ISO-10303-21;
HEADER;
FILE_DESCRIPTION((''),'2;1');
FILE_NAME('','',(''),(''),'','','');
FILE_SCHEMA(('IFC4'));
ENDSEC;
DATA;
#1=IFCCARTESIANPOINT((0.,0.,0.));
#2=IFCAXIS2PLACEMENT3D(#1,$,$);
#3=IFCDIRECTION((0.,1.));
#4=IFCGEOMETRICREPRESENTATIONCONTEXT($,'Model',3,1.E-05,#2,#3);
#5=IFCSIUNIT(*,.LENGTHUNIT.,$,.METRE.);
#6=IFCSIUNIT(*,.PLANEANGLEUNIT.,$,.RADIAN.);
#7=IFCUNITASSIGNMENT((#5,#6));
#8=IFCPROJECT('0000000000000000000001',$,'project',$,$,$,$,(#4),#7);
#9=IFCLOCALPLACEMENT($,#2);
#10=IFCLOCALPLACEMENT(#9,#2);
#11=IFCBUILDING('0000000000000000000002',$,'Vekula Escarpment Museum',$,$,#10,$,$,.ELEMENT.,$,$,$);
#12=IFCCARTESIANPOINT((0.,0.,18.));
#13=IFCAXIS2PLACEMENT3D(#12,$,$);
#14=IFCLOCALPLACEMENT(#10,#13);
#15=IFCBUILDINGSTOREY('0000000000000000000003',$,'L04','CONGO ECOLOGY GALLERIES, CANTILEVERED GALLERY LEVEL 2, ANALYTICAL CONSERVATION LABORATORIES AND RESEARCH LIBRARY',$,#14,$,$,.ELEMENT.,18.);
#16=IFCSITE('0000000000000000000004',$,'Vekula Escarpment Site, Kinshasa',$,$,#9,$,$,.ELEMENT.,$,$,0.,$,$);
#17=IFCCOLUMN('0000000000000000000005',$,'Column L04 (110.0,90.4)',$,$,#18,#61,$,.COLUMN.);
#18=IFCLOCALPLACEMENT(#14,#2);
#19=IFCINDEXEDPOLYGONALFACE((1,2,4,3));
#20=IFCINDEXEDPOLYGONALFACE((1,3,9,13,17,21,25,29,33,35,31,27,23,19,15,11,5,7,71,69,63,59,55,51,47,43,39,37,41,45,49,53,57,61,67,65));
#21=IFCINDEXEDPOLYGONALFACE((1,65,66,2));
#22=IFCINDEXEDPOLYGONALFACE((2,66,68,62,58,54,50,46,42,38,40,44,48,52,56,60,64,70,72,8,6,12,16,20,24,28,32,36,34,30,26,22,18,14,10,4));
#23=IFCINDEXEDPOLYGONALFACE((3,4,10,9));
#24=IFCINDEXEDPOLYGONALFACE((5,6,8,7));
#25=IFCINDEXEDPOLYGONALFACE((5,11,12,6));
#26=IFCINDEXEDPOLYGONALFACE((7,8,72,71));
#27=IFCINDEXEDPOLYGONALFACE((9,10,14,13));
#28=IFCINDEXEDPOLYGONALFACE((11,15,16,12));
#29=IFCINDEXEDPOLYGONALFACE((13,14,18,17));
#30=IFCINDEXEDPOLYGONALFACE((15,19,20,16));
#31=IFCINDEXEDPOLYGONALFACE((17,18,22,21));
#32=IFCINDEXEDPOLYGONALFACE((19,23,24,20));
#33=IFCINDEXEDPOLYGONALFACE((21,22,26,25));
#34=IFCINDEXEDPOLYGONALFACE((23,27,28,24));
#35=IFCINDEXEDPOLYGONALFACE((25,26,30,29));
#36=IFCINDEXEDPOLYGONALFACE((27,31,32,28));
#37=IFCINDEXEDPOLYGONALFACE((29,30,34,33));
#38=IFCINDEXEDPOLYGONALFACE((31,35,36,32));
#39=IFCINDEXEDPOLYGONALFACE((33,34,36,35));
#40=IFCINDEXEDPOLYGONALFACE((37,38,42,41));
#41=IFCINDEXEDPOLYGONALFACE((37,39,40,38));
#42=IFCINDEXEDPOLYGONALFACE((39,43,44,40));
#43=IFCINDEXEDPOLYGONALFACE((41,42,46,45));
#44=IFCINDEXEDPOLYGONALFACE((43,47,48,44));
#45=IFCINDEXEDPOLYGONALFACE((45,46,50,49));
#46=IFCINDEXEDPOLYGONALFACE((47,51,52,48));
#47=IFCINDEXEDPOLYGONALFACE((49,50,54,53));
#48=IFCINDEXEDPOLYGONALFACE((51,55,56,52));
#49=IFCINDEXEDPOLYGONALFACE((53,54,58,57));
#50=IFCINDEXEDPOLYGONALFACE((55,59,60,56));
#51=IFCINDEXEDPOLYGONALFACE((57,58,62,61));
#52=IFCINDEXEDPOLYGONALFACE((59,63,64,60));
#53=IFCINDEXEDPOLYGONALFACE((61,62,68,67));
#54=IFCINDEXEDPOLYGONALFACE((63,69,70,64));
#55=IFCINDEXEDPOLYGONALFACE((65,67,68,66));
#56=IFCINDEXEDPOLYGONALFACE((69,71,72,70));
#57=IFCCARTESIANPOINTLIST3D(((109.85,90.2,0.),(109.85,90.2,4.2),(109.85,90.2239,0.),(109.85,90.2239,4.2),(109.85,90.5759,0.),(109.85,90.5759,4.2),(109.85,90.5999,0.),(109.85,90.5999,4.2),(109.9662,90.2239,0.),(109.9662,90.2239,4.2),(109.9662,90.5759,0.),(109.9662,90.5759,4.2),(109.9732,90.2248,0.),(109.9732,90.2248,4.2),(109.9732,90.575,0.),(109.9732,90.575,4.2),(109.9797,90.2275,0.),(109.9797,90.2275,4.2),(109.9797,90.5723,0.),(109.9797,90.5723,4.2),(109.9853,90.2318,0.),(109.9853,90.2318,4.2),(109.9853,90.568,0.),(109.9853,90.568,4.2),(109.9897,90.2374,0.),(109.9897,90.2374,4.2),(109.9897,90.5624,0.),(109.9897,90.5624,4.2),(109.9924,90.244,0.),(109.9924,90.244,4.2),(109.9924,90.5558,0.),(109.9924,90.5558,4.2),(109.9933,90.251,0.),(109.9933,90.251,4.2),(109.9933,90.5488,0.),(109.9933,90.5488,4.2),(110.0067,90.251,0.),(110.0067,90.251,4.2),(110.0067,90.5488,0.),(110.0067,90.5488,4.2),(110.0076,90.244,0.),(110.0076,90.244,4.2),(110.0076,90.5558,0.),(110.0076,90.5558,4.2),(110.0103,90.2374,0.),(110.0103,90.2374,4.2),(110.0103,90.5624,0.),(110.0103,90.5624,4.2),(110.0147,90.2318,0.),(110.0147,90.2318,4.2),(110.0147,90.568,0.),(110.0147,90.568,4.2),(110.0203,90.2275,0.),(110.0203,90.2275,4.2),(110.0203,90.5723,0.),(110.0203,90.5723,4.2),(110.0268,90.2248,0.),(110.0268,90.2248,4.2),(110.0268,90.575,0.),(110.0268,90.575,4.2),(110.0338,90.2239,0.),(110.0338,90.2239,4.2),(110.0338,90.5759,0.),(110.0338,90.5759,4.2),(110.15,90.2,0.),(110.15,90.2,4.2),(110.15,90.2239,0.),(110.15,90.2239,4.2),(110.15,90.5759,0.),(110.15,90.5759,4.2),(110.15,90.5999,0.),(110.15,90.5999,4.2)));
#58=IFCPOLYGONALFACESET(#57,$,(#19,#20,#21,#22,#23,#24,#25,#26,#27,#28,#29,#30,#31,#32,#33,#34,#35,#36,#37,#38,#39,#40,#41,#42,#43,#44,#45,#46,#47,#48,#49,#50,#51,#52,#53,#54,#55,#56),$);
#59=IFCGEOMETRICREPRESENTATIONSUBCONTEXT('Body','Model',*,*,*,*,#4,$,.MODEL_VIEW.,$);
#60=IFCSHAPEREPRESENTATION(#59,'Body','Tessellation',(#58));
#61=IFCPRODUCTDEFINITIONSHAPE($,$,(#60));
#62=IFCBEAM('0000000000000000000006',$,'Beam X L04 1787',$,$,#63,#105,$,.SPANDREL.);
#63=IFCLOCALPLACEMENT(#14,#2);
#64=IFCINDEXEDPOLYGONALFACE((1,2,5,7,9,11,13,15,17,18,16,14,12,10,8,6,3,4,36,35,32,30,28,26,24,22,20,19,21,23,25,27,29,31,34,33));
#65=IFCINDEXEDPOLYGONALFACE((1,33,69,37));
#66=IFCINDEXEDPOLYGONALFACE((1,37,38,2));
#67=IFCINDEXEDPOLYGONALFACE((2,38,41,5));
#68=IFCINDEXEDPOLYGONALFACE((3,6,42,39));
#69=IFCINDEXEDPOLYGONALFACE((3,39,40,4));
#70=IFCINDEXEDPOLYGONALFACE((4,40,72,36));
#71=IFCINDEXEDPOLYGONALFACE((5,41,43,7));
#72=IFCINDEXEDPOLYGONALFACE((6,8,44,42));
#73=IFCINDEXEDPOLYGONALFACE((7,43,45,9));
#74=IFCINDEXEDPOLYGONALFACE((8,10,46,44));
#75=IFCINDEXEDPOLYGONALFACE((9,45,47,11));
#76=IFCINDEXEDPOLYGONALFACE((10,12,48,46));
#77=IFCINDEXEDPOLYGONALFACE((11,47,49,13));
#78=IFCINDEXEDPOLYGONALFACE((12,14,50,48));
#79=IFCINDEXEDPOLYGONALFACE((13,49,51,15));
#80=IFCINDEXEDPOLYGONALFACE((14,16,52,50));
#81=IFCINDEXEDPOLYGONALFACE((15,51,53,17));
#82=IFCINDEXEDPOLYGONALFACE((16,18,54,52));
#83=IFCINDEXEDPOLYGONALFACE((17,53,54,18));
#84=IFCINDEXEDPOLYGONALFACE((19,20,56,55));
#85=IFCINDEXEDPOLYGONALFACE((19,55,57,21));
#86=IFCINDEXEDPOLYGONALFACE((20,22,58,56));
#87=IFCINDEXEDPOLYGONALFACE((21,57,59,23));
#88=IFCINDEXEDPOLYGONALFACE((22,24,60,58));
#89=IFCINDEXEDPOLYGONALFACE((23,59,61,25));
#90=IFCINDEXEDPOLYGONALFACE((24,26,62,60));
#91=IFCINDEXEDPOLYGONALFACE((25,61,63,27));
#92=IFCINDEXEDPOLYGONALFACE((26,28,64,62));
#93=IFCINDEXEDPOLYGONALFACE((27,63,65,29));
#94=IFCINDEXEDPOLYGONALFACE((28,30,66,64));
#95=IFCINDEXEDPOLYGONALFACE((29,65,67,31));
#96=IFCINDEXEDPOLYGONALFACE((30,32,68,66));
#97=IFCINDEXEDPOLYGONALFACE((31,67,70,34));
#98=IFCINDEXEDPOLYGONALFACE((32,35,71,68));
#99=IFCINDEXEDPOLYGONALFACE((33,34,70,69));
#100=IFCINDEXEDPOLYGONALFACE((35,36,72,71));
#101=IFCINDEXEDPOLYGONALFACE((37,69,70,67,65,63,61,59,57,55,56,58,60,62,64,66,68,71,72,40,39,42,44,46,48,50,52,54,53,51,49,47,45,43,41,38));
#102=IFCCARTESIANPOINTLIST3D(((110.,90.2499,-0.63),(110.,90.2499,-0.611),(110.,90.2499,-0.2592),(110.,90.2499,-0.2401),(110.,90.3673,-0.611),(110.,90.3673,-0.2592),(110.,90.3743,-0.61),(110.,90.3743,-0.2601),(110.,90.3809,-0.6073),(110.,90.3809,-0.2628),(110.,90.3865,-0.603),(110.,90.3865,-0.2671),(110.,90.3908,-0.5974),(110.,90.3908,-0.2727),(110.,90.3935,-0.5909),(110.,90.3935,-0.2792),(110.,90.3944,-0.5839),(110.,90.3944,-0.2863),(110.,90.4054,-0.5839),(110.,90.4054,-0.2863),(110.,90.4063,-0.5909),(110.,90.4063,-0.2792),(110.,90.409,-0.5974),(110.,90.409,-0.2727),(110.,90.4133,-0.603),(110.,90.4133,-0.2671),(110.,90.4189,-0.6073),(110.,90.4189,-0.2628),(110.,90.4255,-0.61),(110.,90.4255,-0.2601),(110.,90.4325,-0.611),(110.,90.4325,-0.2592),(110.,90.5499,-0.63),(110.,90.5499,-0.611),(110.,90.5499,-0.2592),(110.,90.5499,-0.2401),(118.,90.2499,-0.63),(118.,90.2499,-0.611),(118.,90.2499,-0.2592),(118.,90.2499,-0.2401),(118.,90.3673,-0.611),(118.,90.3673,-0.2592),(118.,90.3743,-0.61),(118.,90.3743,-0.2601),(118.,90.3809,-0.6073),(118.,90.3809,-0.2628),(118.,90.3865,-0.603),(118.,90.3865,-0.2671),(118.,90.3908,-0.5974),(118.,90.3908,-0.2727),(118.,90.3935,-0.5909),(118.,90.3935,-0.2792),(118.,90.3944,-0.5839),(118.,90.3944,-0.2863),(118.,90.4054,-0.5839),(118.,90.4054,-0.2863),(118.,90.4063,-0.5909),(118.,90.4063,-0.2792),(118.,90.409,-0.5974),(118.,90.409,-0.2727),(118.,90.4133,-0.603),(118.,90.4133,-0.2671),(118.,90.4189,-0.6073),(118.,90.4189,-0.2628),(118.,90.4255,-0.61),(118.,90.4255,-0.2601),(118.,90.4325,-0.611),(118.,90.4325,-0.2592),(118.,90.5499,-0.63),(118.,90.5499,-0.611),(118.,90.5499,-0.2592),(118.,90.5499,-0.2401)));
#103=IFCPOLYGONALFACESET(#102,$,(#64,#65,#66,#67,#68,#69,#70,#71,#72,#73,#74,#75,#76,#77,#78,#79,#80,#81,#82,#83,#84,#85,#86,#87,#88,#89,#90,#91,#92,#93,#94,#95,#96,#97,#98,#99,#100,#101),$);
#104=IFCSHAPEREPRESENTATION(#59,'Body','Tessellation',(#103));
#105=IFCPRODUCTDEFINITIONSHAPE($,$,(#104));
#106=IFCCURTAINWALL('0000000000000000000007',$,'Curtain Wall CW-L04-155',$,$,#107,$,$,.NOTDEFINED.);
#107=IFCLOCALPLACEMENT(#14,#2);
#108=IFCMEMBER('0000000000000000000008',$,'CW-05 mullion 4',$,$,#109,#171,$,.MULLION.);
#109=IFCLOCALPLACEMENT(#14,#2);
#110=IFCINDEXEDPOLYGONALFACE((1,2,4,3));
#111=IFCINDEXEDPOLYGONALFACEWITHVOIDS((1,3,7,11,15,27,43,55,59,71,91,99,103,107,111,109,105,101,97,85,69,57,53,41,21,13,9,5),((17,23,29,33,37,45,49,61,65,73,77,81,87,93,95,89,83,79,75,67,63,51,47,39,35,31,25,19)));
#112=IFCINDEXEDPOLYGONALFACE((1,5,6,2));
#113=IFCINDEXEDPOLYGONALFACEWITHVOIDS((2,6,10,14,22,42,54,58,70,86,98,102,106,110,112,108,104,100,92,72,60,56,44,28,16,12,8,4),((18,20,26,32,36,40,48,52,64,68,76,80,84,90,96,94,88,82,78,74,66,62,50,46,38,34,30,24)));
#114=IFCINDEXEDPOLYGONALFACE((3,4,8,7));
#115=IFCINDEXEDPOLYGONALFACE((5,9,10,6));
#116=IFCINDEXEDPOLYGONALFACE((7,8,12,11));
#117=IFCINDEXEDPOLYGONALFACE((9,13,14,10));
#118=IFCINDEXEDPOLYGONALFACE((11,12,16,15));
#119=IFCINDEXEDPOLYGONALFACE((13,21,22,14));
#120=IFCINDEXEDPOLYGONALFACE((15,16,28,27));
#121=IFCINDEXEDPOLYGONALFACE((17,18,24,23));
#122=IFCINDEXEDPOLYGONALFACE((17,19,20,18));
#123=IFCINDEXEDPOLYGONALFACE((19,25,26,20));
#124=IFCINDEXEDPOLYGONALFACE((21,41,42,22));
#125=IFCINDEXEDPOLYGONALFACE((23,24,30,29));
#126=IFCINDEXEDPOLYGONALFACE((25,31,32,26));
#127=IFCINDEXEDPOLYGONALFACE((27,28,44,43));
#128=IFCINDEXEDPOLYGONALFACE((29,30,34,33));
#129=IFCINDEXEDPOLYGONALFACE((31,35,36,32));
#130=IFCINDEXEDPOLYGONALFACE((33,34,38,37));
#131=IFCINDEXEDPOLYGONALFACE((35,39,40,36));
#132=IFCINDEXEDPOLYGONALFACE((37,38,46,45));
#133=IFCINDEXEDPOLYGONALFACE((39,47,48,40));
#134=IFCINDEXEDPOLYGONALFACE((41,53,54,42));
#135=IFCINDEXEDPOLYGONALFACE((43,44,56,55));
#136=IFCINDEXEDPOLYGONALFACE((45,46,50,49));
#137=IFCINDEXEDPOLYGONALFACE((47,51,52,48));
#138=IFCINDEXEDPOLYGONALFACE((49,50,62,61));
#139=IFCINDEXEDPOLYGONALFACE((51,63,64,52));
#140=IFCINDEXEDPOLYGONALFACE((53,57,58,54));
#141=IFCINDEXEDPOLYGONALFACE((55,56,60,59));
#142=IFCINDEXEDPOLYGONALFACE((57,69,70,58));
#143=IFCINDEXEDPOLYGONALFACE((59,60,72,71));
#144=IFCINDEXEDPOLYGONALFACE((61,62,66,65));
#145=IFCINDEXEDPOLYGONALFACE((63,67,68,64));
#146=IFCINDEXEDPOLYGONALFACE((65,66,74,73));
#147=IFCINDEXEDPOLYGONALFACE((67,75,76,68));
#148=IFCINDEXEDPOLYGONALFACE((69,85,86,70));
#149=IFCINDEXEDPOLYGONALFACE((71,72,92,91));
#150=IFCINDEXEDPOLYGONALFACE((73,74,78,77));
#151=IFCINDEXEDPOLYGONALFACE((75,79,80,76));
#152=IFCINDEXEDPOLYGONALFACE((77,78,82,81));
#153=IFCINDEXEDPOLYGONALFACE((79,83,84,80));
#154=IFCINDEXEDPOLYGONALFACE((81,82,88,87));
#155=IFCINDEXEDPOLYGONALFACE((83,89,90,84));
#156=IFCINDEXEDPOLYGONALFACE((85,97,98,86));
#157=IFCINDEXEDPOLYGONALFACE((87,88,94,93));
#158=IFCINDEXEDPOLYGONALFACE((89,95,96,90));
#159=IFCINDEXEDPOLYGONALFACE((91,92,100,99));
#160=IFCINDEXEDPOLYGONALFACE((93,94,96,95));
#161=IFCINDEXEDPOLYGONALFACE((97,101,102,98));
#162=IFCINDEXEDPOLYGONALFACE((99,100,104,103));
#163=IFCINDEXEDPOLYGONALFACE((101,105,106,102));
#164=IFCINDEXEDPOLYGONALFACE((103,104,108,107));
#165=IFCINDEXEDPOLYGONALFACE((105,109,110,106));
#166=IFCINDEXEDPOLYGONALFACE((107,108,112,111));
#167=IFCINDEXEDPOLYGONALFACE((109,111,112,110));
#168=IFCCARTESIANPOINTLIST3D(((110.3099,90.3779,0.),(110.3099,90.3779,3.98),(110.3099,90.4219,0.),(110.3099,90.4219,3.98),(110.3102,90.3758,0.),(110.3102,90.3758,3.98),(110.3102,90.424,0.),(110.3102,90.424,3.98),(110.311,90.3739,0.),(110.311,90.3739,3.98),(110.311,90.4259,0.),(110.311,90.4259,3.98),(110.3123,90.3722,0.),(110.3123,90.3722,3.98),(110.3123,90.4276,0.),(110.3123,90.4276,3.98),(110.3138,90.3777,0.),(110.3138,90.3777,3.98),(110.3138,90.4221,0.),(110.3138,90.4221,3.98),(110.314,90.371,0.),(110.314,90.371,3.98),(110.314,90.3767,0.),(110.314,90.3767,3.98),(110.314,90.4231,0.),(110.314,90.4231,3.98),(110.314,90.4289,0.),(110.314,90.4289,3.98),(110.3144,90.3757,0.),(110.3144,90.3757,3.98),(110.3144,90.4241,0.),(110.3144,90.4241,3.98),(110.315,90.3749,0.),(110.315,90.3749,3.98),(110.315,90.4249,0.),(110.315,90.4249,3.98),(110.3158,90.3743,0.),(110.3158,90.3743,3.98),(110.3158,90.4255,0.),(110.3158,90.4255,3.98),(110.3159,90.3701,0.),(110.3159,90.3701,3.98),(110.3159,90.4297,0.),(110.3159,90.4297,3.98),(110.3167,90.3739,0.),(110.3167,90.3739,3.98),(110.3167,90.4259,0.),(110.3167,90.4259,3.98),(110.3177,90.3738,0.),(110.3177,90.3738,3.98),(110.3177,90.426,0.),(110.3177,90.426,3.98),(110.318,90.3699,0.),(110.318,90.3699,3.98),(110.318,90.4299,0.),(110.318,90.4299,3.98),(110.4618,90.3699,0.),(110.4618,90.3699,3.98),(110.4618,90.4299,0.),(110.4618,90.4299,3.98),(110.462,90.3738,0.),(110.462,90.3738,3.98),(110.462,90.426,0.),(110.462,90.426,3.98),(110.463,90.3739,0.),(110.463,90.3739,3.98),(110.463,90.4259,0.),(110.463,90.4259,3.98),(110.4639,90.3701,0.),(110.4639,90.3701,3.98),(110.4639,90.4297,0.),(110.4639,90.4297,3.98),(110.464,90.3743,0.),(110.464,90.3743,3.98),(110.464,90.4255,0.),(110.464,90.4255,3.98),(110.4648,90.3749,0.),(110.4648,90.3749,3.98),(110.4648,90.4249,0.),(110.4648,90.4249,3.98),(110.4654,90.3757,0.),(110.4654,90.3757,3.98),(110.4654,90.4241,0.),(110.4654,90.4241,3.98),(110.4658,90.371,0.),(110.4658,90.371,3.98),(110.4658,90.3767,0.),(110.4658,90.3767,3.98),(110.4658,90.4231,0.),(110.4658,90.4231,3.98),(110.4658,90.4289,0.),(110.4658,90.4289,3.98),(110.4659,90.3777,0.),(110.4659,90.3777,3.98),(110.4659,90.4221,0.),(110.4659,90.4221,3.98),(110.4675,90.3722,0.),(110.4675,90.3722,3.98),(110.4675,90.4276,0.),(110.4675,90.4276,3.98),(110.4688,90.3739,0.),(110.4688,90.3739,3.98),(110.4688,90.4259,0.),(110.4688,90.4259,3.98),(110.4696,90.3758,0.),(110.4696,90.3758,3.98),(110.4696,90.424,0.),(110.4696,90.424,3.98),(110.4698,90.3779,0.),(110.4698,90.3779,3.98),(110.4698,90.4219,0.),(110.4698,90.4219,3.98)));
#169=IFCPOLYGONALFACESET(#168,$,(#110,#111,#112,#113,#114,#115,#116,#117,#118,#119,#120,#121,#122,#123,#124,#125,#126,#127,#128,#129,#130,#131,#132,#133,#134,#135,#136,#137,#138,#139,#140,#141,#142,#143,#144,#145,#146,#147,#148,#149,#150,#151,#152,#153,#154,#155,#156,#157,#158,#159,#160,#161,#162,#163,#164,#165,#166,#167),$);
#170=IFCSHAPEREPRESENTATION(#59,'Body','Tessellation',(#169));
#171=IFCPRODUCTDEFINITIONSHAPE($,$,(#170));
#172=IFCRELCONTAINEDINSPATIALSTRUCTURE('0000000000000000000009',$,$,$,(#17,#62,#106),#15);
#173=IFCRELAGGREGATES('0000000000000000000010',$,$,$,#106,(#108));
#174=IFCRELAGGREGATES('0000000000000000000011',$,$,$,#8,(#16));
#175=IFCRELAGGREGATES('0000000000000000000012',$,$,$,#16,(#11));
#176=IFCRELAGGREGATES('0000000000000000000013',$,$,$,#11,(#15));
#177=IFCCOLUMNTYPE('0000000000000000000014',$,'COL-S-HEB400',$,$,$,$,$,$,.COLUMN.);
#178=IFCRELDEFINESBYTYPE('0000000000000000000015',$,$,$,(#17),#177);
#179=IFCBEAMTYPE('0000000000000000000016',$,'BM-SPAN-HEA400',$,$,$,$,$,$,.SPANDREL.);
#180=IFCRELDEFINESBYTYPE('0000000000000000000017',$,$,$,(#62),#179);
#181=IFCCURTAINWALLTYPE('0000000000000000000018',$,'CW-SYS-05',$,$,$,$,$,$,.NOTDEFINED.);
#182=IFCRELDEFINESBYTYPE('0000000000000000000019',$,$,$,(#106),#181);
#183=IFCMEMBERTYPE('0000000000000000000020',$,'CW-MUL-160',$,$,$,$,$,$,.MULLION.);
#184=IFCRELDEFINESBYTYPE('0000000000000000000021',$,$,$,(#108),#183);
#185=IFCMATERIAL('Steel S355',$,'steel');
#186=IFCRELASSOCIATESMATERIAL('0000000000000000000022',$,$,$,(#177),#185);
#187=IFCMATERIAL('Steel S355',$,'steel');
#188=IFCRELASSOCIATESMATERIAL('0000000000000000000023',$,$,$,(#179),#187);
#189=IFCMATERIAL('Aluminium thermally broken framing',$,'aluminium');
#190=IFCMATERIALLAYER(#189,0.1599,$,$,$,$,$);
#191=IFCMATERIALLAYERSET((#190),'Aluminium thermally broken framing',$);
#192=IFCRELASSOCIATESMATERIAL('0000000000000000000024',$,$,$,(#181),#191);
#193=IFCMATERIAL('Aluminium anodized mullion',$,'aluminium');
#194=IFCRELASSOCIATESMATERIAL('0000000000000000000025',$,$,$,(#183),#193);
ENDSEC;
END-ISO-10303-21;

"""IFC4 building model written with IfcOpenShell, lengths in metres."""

from ifc_helpers import new_model, si_unit, direction, frame, origin, origin_2d, place, context, subcontext, project, spatial, hollow_rectangle, i_section, extrude, material, layer, layer_set, material_profile, profile_set, type_object, element, aggregate, save


model = new_model("IFC4")

# Units and contexts
model_context = context("Model", 3, precision=1e-05, world=origin(), true_north=direction((0.0, 1.0)))
body_context = subcontext(model_context, "Body", "Model", "MODEL_VIEW")
ifc_project = project(units=[si_unit("LENGTHUNIT", "METRE"), si_unit("PLANEANGLEUNIT", "RADIAN")], contexts=[model_context])

# Site, building, storey
site_placement = place(None, origin())
site = spatial("IfcSite", under=ifc_project, at=site_placement, Name="Vekula Escarpment Site, Kinshasa", CompositionType="ELEMENT", RefElevation=0.0)
building_placement = place(site_placement, origin())
building = spatial("IfcBuilding", under=site, at=building_placement, Name="Vekula Escarpment Museum", CompositionType="ELEMENT")
storey_placement = place(building_placement, frame((0.0, 0.0, 18.0)))
storey = spatial("IfcBuildingStorey", under=building, at=storey_placement, Name="L04", Description="CONGO ECOLOGY GALLERIES, CANTILEVERED GALLERY LEVEL 2, ANALYTICAL CONSERVATION LABORATORIES AND RESEARCH LIBRARY", CompositionType="ELEMENT", Elevation=18.0)

# Column
ifc_material_1 = material(Name="Steel S355", Category="steel")
ifc_material_profile_1 = material_profile(ifc_material_1, i_section(OverallWidth=0.3, OverallDepth=0.3999, WebThickness=0.0134, FlangeThickness=0.0239, FilletRadius=0.0271, at=origin_2d()), Name="HEB 400")
ifc_profile_set_1 = profile_set([ifc_material_profile_1], Name="Steel S355")
column_type = type_object("IfcColumnType", Name="COL-S-HEB400", PredefinedType="COLUMN", material=ifc_profile_set_1)
column_placement = place(storey_placement, frame((110.0, 90.3999, 0.0), z_axis=(0.0, 0.0, 1.0), x_axis=(1.0, 0.0, 0.0)))
element("IfcColumn", 1, at=column_placement, inside=storey, type_object=column_type, Name="Column L04 (110.0,90.4)", PredefinedType="COLUMN", context=body_context, shape_type="SweptSolid", body=[
    extrude(i_section(OverallWidth=0.3, OverallDepth=0.3999, WebThickness=0.0134, FlangeThickness=0.0239, FilletRadius=0.0271, at=origin_2d()), origin(), (0.0, 0.0, 1.0), 4.2),
])

# Beam
ifc_material_2 = material(Name="Steel S355", Category="steel")
ifc_material_profile_2 = material_profile(ifc_material_2, i_section(OverallWidth=0.3, OverallDepth=0.3899, WebThickness=0.011, FlangeThickness=0.019, FilletRadius=0.0271, at=origin_2d()), Name="HEA 400")
ifc_profile_set_2 = profile_set([ifc_material_profile_2], Name="Steel S355")
beam_type = type_object("IfcBeamType", Name="BM-SPAN-HEA400", PredefinedType="SPANDREL", material=ifc_profile_set_2)
beam_placement = place(storey_placement, frame((110.0, 90.3999, -0.4351), z_axis=(1.0, 0.0, 0.0), x_axis=(0.0, 1.0, 0.0)))
element("IfcBeam", 2, at=beam_placement, inside=storey, type_object=beam_type, Name="Beam X L04 1787", PredefinedType="SPANDREL", context=body_context, shape_type="SweptSolid", body=[
    extrude(i_section(OverallWidth=0.3, OverallDepth=0.3899, WebThickness=0.011, FlangeThickness=0.019, FilletRadius=0.0271, at=origin_2d()), origin(), (0.0, 0.0, 1.0), 8.0),
])

# Curtain wall, member
ifc_material_3 = material(Name="Aluminium thermally broken framing", Category="aluminium")
ifc_layer_1 = layer(ifc_material_3, 0.1599)
ifc_layer_set_1 = layer_set([ifc_layer_1], Name="Aluminium thermally broken framing")
curtain_wall_type_1 = type_object("IfcCurtainWallType", Name="CW-SYS-05", PredefinedType="NOTDEFINED", material=ifc_layer_set_1)
curtain_wall_1_placement = place(storey_placement, origin())
curtain_wall_1 = element("IfcCurtainWall", 3, at=curtain_wall_1_placement, inside=storey, type_object=curtain_wall_type_1, Name="Curtain Wall CW-L04-155", PredefinedType="NOTDEFINED")
ifc_material_4 = material(Name="Aluminium anodized mullion", Category="aluminium")
ifc_material_profile_3 = material_profile(ifc_material_4, hollow_rectangle(XDim=0.0601, YDim=0.1599, WallThickness=0.0039, InnerFilletRadius=0.0039, OuterFilletRadius=0.0081, at=origin_2d()), Name="ALU 160x60x4")
ifc_profile_set_3 = profile_set([ifc_material_profile_3], Name="Aluminium anodized mullion")
member_type_1 = type_object("IfcMemberType", Name="CW-MUL-160", PredefinedType="MULLION", material=ifc_profile_set_3)
member_1_placement = place(storey_placement, frame((110.3899, 90.3999, 0.0), z_axis=(0.0, 0.0, 1.0), x_axis=(0.0, -1.0, 0.0)))
member_1 = element("IfcMember", 4, at=member_1_placement, type_object=member_type_1, Name="CW-05 mullion 4", PredefinedType="MULLION", context=body_context, shape_type="SweptSolid", body=[
    extrude(hollow_rectangle(XDim=0.0601, YDim=0.1599, WallThickness=0.0039, InnerFilletRadius=0.0039, OuterFilletRadius=0.0081, at=origin_2d()), origin(), (0.0, 0.0, 1.0), 3.98),
])

aggregate(curtain_wall_1, [member_1])

save(model, "model.ifc")
